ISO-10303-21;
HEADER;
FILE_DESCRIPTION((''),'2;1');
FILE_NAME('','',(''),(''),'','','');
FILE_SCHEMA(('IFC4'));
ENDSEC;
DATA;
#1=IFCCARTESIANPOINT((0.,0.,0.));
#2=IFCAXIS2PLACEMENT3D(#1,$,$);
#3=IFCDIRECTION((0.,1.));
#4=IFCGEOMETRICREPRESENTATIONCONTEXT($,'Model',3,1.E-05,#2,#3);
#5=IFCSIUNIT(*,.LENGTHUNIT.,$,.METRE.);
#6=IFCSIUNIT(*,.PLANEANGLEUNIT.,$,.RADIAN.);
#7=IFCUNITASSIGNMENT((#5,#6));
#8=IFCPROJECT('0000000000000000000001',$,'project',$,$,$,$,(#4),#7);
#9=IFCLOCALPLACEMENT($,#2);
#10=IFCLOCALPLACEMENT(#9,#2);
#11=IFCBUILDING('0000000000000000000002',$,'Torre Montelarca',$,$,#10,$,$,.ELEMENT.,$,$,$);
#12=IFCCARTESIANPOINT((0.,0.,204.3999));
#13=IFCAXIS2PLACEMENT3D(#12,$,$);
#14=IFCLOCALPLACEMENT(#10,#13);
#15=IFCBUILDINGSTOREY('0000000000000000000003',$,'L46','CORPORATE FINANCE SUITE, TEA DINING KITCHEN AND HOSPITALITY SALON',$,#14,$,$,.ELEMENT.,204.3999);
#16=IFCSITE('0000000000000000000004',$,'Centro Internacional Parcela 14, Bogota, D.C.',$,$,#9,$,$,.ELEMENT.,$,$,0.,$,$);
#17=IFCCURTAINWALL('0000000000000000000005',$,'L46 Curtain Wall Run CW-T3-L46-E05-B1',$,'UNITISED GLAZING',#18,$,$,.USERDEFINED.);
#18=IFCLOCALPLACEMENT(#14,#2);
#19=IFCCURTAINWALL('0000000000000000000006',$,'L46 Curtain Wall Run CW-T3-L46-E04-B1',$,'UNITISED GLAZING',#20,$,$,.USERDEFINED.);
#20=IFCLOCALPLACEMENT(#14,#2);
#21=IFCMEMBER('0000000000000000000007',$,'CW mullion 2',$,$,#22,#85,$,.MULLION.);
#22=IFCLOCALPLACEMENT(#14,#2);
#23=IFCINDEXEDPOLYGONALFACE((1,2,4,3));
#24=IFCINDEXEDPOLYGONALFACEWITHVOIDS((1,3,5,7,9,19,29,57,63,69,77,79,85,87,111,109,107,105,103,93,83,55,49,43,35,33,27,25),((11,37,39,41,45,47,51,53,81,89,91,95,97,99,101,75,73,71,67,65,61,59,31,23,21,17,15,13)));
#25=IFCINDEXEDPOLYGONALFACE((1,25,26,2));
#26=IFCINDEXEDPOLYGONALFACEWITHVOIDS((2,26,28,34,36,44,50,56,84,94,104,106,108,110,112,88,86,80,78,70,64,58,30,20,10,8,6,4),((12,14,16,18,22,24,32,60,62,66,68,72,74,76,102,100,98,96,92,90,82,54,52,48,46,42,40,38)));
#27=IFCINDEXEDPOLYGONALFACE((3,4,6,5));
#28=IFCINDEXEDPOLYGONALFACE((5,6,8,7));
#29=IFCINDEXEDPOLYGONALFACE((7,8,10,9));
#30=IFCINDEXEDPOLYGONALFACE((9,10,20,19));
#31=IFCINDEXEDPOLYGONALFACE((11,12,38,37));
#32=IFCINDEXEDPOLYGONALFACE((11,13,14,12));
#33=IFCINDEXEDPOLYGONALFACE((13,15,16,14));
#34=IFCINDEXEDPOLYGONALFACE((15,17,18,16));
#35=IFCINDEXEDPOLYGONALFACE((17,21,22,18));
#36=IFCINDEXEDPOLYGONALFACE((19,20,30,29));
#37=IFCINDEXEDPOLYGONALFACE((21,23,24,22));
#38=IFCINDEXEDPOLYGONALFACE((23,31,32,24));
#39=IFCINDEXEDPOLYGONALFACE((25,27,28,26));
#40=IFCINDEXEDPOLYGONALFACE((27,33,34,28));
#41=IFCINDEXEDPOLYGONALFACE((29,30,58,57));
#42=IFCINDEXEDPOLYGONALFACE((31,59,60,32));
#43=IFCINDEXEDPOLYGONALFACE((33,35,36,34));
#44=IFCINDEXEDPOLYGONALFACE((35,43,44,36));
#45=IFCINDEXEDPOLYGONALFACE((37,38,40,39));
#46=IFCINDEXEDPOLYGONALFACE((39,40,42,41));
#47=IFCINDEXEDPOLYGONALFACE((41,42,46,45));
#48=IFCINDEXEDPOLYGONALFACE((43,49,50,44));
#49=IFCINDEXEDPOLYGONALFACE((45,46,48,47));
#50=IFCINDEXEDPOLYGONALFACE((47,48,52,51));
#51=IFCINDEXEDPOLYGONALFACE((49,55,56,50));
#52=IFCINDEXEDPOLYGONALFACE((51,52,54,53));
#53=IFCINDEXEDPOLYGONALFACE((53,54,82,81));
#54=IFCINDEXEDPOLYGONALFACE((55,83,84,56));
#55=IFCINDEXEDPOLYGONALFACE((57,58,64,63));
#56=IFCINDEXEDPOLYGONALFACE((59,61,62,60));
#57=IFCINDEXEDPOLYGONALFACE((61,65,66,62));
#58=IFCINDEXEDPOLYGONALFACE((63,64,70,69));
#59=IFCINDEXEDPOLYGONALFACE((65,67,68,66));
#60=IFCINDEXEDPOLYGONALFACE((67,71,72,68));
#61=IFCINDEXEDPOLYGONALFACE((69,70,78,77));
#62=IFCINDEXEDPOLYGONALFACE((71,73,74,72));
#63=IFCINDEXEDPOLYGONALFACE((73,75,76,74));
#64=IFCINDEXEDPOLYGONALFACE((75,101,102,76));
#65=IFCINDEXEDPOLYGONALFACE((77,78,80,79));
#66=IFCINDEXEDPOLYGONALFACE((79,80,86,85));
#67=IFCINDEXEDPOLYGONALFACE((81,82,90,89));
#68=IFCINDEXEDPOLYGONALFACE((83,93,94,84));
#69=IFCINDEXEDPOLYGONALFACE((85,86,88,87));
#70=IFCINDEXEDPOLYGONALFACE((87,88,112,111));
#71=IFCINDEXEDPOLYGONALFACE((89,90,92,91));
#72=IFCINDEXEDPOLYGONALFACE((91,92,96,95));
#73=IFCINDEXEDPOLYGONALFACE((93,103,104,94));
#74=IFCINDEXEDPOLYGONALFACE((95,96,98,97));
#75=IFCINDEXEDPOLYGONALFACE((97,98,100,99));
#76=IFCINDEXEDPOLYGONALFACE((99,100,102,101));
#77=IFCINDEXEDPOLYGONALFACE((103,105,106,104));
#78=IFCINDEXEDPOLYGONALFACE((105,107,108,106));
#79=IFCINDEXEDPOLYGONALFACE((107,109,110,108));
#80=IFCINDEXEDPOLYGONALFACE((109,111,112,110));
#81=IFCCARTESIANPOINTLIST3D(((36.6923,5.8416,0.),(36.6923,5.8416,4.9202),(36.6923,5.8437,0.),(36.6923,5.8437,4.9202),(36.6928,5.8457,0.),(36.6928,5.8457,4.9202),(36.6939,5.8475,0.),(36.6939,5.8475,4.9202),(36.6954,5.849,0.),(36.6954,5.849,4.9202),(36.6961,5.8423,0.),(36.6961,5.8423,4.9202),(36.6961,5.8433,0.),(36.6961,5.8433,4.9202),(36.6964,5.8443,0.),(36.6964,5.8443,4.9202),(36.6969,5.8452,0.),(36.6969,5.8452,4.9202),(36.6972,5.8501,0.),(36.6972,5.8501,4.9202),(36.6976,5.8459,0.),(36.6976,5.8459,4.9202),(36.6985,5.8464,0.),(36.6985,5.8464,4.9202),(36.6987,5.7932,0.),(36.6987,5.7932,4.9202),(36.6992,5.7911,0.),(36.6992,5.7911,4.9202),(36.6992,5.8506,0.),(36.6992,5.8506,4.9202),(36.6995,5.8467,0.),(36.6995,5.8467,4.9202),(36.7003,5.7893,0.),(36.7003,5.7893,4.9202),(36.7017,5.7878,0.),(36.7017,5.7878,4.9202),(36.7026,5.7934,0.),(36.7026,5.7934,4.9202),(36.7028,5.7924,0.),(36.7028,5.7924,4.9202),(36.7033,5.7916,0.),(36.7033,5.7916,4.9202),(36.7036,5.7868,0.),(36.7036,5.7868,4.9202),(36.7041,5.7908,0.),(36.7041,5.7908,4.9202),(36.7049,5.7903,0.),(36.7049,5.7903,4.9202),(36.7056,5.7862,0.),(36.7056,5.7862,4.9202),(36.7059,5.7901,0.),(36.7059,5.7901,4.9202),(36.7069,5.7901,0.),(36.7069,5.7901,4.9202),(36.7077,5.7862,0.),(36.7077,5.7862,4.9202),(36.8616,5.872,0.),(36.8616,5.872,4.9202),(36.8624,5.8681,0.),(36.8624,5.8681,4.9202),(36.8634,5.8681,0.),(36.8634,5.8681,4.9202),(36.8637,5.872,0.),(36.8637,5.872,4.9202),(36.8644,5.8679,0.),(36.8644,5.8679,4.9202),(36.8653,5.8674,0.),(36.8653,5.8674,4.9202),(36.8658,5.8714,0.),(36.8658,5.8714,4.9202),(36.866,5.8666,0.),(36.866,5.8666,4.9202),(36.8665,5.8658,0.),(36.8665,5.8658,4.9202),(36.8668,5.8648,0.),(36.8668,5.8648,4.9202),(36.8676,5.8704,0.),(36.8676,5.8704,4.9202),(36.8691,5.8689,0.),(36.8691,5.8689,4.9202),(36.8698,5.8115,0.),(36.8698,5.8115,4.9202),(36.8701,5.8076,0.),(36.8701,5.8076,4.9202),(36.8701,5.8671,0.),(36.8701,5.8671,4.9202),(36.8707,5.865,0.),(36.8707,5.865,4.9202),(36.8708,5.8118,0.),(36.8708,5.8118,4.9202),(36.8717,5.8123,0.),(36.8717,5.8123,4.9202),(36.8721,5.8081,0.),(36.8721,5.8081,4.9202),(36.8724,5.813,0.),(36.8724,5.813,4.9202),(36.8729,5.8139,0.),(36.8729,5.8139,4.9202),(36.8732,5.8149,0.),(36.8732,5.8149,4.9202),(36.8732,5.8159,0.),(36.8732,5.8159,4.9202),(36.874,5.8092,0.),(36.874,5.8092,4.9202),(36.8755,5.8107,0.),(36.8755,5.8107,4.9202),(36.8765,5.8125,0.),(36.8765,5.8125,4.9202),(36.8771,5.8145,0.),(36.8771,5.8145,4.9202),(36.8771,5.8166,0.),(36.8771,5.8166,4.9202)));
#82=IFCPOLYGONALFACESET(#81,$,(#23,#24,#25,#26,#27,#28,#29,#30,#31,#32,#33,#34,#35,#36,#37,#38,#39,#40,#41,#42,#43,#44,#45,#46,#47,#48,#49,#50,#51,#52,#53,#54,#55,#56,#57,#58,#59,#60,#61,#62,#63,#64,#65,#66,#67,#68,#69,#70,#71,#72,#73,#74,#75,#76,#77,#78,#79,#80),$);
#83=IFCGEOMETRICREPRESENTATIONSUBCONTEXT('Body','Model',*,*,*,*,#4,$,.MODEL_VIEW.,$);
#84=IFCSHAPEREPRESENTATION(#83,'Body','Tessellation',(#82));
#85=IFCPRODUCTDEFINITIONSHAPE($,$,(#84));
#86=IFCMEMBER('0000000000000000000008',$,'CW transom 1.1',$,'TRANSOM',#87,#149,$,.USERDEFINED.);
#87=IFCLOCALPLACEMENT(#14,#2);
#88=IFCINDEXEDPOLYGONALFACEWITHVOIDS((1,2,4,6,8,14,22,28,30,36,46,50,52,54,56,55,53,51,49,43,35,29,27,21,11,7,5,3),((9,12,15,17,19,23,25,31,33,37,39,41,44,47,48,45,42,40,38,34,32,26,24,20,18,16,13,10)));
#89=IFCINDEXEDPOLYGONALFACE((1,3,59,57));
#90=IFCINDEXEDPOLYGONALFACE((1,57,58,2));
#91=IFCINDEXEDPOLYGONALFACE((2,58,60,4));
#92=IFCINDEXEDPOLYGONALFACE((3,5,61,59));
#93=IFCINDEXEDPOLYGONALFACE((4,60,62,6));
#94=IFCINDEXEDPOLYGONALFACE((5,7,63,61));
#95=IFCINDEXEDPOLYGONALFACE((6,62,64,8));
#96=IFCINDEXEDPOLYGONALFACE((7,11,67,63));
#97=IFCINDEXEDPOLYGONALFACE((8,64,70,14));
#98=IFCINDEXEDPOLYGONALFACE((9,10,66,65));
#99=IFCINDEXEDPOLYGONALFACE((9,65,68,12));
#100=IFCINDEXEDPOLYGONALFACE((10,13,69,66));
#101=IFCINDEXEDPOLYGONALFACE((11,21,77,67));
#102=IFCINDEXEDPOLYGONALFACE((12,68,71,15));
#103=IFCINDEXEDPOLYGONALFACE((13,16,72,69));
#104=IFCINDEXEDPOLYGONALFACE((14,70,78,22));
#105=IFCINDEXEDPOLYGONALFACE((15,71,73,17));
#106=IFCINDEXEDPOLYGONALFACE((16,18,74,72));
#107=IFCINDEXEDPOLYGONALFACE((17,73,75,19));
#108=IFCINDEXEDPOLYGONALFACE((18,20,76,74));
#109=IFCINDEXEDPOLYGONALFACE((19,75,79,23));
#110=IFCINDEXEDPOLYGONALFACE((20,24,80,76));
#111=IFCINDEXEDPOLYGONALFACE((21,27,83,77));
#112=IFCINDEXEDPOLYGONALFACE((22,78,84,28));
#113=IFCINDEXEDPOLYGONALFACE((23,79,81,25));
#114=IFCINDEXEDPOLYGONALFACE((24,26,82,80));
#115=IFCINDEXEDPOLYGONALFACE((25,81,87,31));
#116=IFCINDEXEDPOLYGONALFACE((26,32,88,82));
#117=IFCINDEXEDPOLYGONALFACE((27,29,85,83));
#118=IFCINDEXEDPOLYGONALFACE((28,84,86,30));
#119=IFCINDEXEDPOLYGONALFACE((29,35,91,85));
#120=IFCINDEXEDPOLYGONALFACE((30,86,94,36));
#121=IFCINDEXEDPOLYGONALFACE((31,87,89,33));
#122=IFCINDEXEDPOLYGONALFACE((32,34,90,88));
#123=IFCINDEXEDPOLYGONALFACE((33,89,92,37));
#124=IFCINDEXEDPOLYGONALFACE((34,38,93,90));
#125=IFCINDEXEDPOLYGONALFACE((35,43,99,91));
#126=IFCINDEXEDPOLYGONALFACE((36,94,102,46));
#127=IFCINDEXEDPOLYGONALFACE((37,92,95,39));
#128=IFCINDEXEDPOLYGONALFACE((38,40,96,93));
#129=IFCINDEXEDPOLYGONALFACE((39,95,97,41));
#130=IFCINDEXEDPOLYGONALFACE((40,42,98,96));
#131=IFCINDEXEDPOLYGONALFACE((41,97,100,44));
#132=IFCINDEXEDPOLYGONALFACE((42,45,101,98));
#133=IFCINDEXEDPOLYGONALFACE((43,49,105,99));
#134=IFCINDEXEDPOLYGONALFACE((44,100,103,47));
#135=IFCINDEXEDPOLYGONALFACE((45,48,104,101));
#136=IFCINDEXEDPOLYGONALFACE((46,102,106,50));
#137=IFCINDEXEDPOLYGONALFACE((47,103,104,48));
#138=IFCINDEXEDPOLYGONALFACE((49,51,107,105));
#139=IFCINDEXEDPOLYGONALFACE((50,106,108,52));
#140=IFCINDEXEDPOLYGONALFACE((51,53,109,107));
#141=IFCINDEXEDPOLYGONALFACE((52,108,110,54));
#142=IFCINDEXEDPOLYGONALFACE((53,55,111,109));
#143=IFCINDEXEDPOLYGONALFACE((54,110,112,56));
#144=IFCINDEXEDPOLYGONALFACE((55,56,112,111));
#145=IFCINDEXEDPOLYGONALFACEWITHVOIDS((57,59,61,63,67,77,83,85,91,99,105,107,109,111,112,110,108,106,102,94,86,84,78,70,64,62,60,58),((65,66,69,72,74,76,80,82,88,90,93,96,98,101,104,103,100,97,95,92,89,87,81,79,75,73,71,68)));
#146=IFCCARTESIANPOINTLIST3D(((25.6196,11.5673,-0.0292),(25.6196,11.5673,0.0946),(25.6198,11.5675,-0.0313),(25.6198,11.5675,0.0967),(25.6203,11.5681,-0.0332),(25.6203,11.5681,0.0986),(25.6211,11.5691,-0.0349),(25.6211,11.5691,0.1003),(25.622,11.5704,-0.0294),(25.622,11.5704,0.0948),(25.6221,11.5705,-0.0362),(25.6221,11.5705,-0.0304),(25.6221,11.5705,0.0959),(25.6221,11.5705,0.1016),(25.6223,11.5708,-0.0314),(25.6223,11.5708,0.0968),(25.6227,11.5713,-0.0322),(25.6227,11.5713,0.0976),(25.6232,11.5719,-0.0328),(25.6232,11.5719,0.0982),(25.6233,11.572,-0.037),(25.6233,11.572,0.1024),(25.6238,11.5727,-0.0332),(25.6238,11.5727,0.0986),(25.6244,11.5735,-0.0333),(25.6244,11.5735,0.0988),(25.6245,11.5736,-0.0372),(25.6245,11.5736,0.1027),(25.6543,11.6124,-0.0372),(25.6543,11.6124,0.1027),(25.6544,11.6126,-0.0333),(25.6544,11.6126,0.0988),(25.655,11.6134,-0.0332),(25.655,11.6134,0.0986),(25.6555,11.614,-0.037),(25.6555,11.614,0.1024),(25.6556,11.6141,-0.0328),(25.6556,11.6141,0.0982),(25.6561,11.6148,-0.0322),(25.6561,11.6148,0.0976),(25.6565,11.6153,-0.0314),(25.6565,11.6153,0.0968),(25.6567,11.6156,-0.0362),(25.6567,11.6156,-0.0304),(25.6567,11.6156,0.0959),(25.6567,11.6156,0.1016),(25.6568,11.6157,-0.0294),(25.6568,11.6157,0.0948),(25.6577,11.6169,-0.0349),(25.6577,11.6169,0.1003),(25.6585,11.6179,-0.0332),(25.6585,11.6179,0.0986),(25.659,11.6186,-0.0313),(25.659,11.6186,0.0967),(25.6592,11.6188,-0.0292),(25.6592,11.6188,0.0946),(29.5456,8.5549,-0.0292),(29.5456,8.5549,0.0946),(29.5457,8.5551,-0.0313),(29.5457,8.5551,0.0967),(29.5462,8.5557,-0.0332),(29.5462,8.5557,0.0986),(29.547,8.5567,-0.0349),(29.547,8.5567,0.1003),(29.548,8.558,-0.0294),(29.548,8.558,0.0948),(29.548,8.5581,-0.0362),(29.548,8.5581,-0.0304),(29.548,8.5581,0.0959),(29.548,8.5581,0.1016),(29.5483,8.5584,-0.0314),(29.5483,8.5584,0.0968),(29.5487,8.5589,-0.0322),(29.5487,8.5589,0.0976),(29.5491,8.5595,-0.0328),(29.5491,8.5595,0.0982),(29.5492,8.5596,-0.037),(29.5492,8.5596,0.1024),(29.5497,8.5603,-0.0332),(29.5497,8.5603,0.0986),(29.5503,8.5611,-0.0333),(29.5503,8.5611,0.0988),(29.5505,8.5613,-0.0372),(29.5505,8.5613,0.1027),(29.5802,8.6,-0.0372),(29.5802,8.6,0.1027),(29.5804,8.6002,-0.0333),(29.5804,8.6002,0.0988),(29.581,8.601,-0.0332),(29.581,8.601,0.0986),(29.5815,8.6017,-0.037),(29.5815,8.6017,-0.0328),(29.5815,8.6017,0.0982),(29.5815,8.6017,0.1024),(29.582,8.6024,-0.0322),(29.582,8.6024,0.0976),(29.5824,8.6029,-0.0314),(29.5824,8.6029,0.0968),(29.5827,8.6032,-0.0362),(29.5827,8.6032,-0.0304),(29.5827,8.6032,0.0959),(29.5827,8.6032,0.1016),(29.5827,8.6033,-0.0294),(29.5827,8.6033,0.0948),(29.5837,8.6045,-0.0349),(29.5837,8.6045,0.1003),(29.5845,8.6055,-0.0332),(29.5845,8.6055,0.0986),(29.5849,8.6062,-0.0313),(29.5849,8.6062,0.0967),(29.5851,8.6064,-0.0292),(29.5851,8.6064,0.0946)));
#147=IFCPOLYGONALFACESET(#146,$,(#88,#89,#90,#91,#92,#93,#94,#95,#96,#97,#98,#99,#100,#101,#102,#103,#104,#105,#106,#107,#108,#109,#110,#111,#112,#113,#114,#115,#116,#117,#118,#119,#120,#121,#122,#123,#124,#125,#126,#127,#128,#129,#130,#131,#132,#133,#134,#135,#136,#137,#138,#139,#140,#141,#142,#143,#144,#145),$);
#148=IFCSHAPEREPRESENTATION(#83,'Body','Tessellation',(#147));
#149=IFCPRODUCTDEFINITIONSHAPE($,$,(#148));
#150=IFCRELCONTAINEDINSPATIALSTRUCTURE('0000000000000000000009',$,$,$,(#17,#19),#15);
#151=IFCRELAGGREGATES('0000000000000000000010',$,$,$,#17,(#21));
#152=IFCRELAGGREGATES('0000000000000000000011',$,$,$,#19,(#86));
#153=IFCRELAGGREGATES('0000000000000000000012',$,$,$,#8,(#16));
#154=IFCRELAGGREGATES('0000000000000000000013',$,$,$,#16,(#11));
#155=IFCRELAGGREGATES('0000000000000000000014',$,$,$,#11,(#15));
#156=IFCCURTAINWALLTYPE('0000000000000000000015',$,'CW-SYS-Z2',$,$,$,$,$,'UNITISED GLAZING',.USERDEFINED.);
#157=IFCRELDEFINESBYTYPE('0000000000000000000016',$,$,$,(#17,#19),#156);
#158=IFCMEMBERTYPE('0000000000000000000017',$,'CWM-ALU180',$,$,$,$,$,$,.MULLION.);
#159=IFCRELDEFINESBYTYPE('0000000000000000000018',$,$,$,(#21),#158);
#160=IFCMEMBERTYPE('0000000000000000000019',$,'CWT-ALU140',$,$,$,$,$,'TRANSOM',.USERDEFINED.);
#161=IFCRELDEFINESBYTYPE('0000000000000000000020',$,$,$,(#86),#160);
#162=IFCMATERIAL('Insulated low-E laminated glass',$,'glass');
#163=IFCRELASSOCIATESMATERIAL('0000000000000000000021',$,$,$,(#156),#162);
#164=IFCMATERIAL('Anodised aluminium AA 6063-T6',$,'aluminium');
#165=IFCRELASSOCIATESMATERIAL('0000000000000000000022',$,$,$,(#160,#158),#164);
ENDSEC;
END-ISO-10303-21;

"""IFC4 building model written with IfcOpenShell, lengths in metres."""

from ifc_helpers import new_model, si_unit, direction, frame, origin, origin_2d, place, context, subcontext, project, spatial, hollow_rectangle, extrude, source, transform, mapped, material, material_profile, profile_set, type_object, element, aggregate, save


model = new_model("IFC4")

# Units and contexts
model_context = context("Model", 3, precision=1e-05, world=origin(), true_north=direction((0.0, 1.0)))
body_context = subcontext(model_context, "Body", "Model", "MODEL_VIEW")
ifc_project = project(units=[si_unit("LENGTHUNIT", "METRE"), si_unit("PLANEANGLEUNIT", "RADIAN")], contexts=[model_context])

# Site, building, storey
site_placement = place(None, origin())
site = spatial("IfcSite", under=ifc_project, at=site_placement, Name="Centro Internacional Parcela 14, Bogota, D.C.", CompositionType="ELEMENT", RefElevation=0.0)
building_placement = place(site_placement, origin())
building = spatial("IfcBuilding", under=site, at=building_placement, Name="Torre Montelarca", CompositionType="ELEMENT")
storey_placement = place(building_placement, frame((0.0, 0.0, 204.3999)))
storey = spatial("IfcBuildingStorey", under=building, at=storey_placement, Name="L46", Description="CORPORATE FINANCE SUITE, TEA DINING KITCHEN AND HOSPITALITY SALON", CompositionType="ELEMENT", Elevation=204.3999)

# Curtain walls
ifc_material_1 = material(Name="Insulated low-E laminated glass", Category="glass")
curtain_wall_type = type_object("IfcCurtainWallType", Name="CW-SYS-Z2", ElementType="UNITISED GLAZING", PredefinedType="USERDEFINED", material=ifc_material_1)
curtain_wall_1_placement = place(storey_placement, origin())
curtain_wall_1 = element("IfcCurtainWall", 1, at=curtain_wall_1_placement, inside=storey, type_object=curtain_wall_type, Name="L46 Curtain Wall Run CW-T3-L46-E05-B1", ObjectType="UNITISED GLAZING", PredefinedType="USERDEFINED")
ifc_material_2 = material(Name="Anodised aluminium AA 6063-T6", Category="aluminium")
ifc_material_profile_1 = material_profile(ifc_material_2, hollow_rectangle(XDim=0.0649, YDim=0.1399, WallThickness=0.0039, InnerFilletRadius=0.0039, OuterFilletRadius=0.0081, at=origin_2d()), Name="ALU65X140X4", Category="aluminium")
ifc_profile_set_1 = profile_set([ifc_material_profile_1], Name="Anodised aluminium AA 6063-T6")
member_type_1 = type_object("IfcMemberType", Name="CWT-ALU140", ElementType="TRANSOM", PredefinedType="USERDEFINED", material=ifc_profile_set_1)
ifc_material_profile_2 = material_profile(ifc_material_2, hollow_rectangle(XDim=0.0649, YDim=0.1799, WallThickness=0.0039, InnerFilletRadius=0.0039, OuterFilletRadius=0.0081, at=origin_2d()), Name="ALU65X180X4", Category="aluminium")
ifc_profile_set_2 = profile_set([ifc_material_profile_2], Name="Anodised aluminium AA 6063-T6")
member_type_2 = type_object("IfcMemberType", Name="CWM-ALU180", PredefinedType="MULLION", material=ifc_profile_set_2)
shared_shape_1 = source(origin(), body_context, "Body", "SweptSolid", [
    extrude(hollow_rectangle(XDim=0.0649, YDim=0.1799, WallThickness=0.0039, InnerFilletRadius=0.0039, OuterFilletRadius=0.0081, at=origin_2d()), origin(), (0.0, 0.0, 1.0), 4.9202),
])
curtain_wall_2_placement = place(storey_placement, origin())
curtain_wall_2 = element("IfcCurtainWall", 2, at=curtain_wall_2_placement, inside=storey, type_object=curtain_wall_type, Name="L46 Curtain Wall Run CW-T3-L46-E04-B1", ObjectType="UNITISED GLAZING", PredefinedType="USERDEFINED")

# Members
member_1_placement = place(storey_placement, frame((36.7847, 5.8291, 0.0), z_axis=(0.0, 0.0, 1.0), x_axis=(-0.130512, 0.991447, 0.0)))
member_1 = element("IfcMember", 3, at=member_1_placement, type_object=member_type_2, Name="CW mullion 2", PredefinedType="MULLION", context=body_context, shape_type="MappedRepresentation", body=[
    mapped(shared_shape_1, transform((0.0, 0.0, 0.0), scale=1.0)),
])
shared_shape_2 = source(origin(), body_context, "Body", "SweptSolid", [
    extrude(hollow_rectangle(XDim=0.0649, YDim=0.1399, WallThickness=0.0039, InnerFilletRadius=0.0039, OuterFilletRadius=0.0081, at=origin_2d()), origin(), (0.0, 0.0, 1.0), 4.9485),
])
member_2_placement = place(storey_placement, frame((25.6394, 11.593, 0.0327), z_axis=(0.793363, -0.608749, 0.0), x_axis=(0.608749, 0.793363, 0.0)))
member_2 = element("IfcMember", 4, at=member_2_placement, type_object=member_type_1, Name="CW transom 1.1", ObjectType="TRANSOM", PredefinedType="USERDEFINED", context=body_context, shape_type="MappedRepresentation", body=[
    mapped(shared_shape_2, transform((0.0, 0.0, 0.0), scale=1.0)),
])

aggregate(curtain_wall_1, [member_1])
aggregate(curtain_wall_2, [member_2])

save(model, "model.ifc")
